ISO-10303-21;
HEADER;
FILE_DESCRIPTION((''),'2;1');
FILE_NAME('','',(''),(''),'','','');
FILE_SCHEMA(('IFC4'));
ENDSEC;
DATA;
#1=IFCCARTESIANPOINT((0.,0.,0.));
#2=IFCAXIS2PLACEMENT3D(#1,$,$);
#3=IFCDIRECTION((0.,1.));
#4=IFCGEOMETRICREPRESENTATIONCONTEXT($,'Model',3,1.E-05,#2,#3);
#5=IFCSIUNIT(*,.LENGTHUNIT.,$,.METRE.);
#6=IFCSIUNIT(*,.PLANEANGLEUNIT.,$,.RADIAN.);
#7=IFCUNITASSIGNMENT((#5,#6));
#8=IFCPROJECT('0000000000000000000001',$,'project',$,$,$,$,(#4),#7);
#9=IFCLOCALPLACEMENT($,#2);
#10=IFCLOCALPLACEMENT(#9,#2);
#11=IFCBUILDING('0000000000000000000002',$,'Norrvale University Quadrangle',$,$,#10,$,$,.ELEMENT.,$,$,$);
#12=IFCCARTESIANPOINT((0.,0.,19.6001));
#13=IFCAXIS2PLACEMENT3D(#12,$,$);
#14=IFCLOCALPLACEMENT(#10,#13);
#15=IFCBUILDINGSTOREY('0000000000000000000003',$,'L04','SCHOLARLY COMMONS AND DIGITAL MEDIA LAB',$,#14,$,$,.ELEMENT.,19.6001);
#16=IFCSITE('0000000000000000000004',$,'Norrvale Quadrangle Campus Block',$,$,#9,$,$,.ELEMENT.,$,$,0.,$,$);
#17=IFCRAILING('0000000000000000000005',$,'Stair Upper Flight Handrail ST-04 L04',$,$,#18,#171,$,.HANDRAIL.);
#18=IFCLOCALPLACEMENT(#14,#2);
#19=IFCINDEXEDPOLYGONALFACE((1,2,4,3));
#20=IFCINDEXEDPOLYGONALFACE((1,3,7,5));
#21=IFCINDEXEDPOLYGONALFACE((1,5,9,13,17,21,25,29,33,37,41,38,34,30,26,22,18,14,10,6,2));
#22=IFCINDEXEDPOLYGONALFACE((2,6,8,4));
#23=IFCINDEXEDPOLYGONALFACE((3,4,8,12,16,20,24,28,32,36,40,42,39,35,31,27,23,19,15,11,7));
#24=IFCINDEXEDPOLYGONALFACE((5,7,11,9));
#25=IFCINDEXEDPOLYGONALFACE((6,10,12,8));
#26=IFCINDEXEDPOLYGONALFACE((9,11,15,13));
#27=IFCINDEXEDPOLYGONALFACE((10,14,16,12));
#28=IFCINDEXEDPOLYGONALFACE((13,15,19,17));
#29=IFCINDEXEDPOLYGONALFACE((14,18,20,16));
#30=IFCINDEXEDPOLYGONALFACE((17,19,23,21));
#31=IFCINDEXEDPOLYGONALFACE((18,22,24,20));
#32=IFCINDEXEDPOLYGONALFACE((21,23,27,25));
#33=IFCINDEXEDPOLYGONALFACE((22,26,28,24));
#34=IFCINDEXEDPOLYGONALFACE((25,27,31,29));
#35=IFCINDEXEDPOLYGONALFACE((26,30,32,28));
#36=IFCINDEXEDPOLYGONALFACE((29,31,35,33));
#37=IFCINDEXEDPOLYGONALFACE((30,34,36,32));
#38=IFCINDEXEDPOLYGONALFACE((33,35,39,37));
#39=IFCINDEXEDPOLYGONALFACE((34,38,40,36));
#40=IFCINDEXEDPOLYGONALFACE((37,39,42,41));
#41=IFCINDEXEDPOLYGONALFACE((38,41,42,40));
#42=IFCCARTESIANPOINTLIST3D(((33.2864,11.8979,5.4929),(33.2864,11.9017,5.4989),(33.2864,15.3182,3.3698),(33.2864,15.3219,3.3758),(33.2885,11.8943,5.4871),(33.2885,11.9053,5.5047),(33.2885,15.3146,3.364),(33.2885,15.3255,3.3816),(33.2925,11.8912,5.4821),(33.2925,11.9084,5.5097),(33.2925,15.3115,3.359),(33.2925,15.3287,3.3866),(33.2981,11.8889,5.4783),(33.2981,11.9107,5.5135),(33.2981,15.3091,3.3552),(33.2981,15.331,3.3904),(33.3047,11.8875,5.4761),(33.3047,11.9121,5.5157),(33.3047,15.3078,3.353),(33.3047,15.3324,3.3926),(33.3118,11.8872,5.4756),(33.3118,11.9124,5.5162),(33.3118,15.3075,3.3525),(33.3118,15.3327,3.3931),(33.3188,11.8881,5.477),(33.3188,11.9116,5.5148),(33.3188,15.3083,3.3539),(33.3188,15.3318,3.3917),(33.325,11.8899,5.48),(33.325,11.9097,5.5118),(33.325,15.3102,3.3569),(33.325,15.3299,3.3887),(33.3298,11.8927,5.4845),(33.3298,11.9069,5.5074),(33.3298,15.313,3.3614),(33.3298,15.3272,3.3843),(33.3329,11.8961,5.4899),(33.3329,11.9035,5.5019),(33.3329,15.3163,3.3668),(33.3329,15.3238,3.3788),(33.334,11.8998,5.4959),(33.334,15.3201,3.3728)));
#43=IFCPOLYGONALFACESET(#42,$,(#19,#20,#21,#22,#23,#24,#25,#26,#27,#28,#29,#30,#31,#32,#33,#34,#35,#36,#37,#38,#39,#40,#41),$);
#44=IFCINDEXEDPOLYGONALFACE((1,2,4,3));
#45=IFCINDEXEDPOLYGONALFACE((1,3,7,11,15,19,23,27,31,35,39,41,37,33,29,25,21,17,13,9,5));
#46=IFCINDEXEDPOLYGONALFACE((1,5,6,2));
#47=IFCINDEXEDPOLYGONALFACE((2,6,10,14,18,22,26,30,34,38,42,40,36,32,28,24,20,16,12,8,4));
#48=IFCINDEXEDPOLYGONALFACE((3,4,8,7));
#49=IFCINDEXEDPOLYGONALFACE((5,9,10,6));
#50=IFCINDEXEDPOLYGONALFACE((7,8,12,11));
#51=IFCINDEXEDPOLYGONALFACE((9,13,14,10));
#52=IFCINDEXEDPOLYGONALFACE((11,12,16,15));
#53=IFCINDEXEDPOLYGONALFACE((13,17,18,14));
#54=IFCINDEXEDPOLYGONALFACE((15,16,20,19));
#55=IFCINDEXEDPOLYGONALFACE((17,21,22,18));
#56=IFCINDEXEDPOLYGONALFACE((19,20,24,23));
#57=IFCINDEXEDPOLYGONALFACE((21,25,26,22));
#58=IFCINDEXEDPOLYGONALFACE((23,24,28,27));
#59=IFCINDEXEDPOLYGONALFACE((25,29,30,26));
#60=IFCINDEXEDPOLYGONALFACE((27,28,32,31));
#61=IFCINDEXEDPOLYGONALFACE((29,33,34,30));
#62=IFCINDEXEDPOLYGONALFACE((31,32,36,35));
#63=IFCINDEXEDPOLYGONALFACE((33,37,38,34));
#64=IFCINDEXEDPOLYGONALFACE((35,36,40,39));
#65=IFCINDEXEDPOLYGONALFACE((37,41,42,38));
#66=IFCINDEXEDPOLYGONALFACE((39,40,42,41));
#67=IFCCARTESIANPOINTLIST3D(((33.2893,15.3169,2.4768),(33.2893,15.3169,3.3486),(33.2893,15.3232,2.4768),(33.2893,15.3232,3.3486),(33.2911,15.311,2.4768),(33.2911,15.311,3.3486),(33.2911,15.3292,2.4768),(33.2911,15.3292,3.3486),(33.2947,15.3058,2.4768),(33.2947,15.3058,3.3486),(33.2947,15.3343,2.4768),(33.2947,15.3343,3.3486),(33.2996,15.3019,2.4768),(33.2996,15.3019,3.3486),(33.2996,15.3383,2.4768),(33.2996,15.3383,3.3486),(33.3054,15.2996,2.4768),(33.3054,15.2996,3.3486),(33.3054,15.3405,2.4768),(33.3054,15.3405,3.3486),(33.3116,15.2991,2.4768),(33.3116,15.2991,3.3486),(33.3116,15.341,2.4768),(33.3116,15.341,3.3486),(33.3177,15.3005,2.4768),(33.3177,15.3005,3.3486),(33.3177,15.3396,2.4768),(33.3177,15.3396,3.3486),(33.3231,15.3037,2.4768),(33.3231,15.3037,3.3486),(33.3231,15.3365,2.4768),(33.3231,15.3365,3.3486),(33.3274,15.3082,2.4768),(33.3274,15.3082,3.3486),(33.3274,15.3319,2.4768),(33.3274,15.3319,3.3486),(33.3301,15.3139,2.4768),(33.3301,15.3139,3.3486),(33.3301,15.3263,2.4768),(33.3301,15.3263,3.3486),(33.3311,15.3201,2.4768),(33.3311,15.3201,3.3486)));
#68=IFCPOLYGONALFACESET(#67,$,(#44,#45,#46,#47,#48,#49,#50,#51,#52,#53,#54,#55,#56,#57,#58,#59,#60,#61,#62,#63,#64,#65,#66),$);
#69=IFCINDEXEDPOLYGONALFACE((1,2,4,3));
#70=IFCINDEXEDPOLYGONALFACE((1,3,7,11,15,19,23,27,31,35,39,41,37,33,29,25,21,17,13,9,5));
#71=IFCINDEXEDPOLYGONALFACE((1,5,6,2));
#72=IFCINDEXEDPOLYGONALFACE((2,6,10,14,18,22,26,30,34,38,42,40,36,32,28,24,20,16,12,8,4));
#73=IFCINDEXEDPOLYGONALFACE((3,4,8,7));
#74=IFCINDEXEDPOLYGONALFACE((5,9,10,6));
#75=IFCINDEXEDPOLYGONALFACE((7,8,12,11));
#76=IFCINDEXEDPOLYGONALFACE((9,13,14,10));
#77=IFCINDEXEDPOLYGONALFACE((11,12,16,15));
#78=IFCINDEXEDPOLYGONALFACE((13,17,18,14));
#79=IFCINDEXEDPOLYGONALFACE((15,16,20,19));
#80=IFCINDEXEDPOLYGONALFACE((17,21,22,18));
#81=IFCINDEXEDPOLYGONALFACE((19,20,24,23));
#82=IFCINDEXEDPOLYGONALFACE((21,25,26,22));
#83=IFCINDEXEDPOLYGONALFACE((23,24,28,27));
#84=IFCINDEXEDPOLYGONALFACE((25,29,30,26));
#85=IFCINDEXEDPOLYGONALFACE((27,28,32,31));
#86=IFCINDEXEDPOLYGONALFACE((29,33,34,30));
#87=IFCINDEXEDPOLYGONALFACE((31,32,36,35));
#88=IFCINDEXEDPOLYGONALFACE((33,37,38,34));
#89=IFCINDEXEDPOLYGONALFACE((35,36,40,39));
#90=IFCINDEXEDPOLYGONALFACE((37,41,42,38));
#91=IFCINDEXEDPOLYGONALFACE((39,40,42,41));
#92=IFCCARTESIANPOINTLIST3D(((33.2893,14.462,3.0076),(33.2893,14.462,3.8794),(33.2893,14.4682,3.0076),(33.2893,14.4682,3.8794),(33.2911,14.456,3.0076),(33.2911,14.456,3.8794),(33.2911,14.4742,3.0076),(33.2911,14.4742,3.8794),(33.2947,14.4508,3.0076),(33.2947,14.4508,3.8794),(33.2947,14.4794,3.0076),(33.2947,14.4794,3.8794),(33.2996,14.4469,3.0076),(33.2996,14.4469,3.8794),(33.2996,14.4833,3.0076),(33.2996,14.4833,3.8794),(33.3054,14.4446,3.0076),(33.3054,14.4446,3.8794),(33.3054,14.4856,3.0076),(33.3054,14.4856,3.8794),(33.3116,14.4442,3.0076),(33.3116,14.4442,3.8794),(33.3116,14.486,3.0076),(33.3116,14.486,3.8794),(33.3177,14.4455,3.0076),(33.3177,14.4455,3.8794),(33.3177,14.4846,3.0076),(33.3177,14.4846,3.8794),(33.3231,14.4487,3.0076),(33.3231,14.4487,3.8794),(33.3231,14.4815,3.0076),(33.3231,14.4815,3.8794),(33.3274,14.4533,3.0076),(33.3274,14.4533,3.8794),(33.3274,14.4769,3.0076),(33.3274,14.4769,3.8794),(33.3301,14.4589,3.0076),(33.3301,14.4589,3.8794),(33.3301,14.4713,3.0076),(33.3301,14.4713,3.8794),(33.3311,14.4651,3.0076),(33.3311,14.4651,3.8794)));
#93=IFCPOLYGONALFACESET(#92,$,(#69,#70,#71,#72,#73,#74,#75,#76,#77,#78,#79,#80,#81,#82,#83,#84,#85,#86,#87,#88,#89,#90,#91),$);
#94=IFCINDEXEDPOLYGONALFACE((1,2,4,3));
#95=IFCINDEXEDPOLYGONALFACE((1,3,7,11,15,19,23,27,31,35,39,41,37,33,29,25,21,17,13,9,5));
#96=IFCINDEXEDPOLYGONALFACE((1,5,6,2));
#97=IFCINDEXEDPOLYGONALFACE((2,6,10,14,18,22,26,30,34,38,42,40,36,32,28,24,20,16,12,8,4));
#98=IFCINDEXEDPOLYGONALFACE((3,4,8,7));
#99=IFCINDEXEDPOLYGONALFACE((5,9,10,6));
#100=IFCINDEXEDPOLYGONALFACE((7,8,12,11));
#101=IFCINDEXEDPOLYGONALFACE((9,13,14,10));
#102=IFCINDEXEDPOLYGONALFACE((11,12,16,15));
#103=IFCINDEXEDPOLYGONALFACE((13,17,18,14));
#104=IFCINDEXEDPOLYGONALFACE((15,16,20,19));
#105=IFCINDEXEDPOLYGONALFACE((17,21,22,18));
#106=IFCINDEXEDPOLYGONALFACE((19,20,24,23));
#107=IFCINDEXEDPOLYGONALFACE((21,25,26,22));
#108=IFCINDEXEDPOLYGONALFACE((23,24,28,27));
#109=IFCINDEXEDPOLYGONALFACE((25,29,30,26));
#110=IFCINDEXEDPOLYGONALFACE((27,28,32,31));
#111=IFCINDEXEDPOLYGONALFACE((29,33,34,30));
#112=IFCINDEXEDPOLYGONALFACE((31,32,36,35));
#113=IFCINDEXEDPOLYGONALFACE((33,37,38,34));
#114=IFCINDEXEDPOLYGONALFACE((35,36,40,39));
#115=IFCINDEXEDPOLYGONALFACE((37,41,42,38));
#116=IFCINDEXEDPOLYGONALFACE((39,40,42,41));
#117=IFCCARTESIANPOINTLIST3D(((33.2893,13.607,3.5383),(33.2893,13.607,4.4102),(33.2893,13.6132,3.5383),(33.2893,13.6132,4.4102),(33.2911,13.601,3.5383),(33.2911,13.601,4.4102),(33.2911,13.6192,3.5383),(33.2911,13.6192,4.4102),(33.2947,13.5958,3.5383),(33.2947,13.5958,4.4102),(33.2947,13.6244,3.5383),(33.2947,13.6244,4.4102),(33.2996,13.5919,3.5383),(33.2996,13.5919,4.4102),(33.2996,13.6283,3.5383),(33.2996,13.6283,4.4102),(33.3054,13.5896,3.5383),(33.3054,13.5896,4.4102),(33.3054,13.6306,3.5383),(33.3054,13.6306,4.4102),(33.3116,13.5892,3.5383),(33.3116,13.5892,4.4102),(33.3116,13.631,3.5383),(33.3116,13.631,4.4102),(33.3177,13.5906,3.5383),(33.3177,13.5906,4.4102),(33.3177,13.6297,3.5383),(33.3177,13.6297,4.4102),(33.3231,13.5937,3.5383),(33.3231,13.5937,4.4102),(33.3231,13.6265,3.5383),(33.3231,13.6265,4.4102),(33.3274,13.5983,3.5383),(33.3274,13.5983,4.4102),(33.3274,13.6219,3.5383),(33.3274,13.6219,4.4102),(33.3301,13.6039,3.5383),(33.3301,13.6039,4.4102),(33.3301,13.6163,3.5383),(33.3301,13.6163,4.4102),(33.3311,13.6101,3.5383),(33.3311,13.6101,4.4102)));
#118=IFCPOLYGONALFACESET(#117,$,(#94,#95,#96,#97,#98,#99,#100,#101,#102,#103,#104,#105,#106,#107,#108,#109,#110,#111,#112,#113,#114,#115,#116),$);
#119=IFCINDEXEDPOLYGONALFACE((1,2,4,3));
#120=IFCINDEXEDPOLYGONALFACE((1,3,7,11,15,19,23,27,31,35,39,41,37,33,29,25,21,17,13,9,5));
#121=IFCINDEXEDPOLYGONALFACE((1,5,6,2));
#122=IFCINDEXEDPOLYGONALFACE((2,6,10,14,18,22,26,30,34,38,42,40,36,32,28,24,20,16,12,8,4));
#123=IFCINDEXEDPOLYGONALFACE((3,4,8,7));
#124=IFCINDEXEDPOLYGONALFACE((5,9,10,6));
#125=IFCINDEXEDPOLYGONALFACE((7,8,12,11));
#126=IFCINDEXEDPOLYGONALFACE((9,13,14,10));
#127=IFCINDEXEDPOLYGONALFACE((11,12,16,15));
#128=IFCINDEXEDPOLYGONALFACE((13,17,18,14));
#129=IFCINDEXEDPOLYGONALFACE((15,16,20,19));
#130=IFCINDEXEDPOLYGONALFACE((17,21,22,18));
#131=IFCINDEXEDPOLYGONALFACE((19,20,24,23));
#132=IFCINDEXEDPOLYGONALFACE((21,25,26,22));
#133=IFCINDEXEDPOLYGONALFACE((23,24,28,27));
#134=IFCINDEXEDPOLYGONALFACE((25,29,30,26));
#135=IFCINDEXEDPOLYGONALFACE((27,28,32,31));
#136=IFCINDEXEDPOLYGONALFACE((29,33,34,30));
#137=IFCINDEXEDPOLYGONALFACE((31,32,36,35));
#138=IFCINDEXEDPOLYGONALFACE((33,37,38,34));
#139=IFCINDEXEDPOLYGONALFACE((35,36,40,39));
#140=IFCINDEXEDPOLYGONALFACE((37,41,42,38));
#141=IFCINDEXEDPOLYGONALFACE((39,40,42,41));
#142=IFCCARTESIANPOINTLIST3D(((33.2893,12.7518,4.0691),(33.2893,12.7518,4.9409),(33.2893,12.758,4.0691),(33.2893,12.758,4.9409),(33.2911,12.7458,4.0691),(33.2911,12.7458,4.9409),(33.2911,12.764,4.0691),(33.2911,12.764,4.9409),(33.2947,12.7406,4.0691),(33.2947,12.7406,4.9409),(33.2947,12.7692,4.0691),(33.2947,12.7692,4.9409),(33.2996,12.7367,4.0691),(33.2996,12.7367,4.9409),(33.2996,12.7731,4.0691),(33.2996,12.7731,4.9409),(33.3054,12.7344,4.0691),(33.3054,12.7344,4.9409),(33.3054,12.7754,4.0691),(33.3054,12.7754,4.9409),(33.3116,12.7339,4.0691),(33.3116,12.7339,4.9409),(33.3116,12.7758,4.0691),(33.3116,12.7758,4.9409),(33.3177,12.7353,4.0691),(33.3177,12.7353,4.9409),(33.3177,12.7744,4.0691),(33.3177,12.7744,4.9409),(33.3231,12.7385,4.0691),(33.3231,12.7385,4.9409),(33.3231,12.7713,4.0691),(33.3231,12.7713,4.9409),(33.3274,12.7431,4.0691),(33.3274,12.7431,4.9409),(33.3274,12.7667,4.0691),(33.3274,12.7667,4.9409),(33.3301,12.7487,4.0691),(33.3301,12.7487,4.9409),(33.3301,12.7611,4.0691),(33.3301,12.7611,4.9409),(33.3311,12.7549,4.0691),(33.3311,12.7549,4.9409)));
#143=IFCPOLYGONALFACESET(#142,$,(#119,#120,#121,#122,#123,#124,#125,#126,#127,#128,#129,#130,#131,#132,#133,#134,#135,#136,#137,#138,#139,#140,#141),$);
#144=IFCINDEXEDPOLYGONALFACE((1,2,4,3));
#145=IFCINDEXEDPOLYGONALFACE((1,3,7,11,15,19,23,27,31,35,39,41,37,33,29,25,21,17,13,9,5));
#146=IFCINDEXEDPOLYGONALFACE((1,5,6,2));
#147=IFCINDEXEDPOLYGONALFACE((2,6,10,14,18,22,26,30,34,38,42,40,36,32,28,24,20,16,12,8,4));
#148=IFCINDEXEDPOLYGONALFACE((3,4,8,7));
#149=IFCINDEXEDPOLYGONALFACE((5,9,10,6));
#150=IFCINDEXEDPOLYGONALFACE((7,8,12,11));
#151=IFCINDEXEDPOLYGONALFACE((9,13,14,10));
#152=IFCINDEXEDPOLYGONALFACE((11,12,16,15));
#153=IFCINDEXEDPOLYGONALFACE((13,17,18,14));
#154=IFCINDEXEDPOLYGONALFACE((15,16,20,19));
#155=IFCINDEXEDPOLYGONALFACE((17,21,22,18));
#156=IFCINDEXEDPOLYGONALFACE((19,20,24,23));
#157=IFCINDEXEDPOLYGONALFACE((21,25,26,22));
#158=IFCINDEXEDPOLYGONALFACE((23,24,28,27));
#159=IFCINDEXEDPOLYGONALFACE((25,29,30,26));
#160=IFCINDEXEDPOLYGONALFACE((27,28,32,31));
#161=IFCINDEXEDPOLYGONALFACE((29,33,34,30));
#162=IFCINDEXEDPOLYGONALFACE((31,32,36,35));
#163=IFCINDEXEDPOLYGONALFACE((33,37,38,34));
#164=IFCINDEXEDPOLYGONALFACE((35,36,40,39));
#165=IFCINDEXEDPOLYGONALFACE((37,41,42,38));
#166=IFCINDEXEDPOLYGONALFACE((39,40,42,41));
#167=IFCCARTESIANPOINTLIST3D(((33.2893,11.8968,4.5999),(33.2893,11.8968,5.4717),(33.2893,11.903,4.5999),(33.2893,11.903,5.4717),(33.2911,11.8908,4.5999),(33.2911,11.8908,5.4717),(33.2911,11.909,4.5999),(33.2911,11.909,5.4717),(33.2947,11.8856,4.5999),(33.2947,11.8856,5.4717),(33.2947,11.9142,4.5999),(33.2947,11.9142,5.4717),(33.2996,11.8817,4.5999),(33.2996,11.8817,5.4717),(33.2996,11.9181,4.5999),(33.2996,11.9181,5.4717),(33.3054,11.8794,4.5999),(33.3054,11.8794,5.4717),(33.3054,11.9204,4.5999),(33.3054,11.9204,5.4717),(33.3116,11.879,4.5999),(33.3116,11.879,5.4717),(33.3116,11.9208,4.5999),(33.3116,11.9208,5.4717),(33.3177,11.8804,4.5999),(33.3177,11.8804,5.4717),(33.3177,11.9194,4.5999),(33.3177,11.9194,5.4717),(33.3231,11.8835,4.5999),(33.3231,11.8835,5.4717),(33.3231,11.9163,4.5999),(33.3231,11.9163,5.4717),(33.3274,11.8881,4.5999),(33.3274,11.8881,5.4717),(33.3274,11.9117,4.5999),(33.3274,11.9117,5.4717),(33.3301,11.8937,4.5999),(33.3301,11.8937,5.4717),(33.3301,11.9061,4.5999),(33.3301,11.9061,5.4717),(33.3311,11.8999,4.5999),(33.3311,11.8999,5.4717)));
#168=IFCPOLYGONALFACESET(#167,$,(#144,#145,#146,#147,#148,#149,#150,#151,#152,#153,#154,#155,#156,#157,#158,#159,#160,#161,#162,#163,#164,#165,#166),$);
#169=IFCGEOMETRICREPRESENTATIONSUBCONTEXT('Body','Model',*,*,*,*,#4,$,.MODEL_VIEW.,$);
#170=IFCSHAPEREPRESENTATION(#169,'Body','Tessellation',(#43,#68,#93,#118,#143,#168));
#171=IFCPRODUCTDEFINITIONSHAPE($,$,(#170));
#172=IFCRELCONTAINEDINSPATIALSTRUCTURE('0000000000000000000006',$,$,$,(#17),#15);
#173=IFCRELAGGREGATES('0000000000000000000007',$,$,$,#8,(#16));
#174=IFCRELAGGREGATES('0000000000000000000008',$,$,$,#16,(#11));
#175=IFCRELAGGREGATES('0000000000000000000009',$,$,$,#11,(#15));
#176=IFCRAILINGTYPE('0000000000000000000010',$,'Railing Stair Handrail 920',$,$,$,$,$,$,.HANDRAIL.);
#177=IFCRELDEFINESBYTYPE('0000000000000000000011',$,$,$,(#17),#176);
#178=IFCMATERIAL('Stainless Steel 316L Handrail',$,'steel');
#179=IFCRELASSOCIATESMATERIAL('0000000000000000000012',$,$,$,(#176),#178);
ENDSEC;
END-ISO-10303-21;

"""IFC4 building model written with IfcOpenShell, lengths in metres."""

from ifc_helpers import new_model, si_unit, direction, frame, origin, origin_2d, place, context, subcontext, project, spatial, circle, extrude, material, type_object, element, save


model = new_model("IFC4")

# Units and contexts
model_context = context("Model", 3, precision=1e-05, world=origin(), true_north=direction((0.0, 1.0)))
body_context = subcontext(model_context, "Body", "Model", "MODEL_VIEW")
ifc_project = project(units=[si_unit("LENGTHUNIT", "METRE"), si_unit("PLANEANGLEUNIT", "RADIAN")], contexts=[model_context])

# Site, building, storey
site_placement = place(None, origin())
site = spatial("IfcSite", under=ifc_project, at=site_placement, Name="Norrvale Quadrangle Campus Block", CompositionType="ELEMENT", RefElevation=0.0)
building_placement = place(site_placement, origin())
building = spatial("IfcBuilding", under=site, at=building_placement, Name="Norrvale University Quadrangle", CompositionType="ELEMENT")
storey_placement = place(building_placement, frame((0.0, 0.0, 19.6001)))
storey = spatial("IfcBuildingStorey", under=building, at=storey_placement, Name="L04", Description="SCHOLARLY COMMONS AND DIGITAL MEDIA LAB", CompositionType="ELEMENT", Elevation=19.6001)

# Railing
ifc_material_1 = material(Name="Stainless Steel 316L Handrail", Category="steel")
railing_type_1 = type_object("IfcRailingType", Name="Railing Stair Handrail 920", PredefinedType="HANDRAIL", material=ifc_material_1)
railing_1_placement = place(storey_placement, frame((33.3101, 15.3201, 2.4768)))
element("IfcRailing", 1, at=railing_1_placement, inside=storey, type_object=railing_type_1, Name="Stair Upper Flight Handrail ST-04 L04", PredefinedType="HANDRAIL", context=body_context, shape_type="SweptSolid", body=[
    extrude(circle(Radius=0.0239, at=origin_2d()), frame((0.0, 0.0, 0.896), z_axis=(0.0, -0.84962, 0.527396), x_axis=(1.0, 0.0, 0.0)), (0.0, 0.0, 1.0), 4.0256),
    extrude(circle(Radius=0.021, at=origin_2d()), origin(), (0.0, 0.0, 1.0), 0.8718),
    extrude(circle(Radius=0.021, at=origin_2d()), frame((0.0, -0.855, 0.5308)), (0.0, 0.0, 1.0), 0.8718),
    extrude(circle(Radius=0.021, at=origin_2d()), frame((0.0, -1.71, 1.0615)), (0.0, 0.0, 1.0), 0.8718),
    extrude(circle(Radius=0.021, at=origin_2d()), frame((0.0, -2.5652, 1.5923)), (0.0, 0.0, 1.0), 0.8718),
    extrude(circle(Radius=0.021, at=origin_2d()), frame((0.0, -3.4202, 2.123)), (0.0, 0.0, 1.0), 0.8718),
])

save(model, "model.ifc")
